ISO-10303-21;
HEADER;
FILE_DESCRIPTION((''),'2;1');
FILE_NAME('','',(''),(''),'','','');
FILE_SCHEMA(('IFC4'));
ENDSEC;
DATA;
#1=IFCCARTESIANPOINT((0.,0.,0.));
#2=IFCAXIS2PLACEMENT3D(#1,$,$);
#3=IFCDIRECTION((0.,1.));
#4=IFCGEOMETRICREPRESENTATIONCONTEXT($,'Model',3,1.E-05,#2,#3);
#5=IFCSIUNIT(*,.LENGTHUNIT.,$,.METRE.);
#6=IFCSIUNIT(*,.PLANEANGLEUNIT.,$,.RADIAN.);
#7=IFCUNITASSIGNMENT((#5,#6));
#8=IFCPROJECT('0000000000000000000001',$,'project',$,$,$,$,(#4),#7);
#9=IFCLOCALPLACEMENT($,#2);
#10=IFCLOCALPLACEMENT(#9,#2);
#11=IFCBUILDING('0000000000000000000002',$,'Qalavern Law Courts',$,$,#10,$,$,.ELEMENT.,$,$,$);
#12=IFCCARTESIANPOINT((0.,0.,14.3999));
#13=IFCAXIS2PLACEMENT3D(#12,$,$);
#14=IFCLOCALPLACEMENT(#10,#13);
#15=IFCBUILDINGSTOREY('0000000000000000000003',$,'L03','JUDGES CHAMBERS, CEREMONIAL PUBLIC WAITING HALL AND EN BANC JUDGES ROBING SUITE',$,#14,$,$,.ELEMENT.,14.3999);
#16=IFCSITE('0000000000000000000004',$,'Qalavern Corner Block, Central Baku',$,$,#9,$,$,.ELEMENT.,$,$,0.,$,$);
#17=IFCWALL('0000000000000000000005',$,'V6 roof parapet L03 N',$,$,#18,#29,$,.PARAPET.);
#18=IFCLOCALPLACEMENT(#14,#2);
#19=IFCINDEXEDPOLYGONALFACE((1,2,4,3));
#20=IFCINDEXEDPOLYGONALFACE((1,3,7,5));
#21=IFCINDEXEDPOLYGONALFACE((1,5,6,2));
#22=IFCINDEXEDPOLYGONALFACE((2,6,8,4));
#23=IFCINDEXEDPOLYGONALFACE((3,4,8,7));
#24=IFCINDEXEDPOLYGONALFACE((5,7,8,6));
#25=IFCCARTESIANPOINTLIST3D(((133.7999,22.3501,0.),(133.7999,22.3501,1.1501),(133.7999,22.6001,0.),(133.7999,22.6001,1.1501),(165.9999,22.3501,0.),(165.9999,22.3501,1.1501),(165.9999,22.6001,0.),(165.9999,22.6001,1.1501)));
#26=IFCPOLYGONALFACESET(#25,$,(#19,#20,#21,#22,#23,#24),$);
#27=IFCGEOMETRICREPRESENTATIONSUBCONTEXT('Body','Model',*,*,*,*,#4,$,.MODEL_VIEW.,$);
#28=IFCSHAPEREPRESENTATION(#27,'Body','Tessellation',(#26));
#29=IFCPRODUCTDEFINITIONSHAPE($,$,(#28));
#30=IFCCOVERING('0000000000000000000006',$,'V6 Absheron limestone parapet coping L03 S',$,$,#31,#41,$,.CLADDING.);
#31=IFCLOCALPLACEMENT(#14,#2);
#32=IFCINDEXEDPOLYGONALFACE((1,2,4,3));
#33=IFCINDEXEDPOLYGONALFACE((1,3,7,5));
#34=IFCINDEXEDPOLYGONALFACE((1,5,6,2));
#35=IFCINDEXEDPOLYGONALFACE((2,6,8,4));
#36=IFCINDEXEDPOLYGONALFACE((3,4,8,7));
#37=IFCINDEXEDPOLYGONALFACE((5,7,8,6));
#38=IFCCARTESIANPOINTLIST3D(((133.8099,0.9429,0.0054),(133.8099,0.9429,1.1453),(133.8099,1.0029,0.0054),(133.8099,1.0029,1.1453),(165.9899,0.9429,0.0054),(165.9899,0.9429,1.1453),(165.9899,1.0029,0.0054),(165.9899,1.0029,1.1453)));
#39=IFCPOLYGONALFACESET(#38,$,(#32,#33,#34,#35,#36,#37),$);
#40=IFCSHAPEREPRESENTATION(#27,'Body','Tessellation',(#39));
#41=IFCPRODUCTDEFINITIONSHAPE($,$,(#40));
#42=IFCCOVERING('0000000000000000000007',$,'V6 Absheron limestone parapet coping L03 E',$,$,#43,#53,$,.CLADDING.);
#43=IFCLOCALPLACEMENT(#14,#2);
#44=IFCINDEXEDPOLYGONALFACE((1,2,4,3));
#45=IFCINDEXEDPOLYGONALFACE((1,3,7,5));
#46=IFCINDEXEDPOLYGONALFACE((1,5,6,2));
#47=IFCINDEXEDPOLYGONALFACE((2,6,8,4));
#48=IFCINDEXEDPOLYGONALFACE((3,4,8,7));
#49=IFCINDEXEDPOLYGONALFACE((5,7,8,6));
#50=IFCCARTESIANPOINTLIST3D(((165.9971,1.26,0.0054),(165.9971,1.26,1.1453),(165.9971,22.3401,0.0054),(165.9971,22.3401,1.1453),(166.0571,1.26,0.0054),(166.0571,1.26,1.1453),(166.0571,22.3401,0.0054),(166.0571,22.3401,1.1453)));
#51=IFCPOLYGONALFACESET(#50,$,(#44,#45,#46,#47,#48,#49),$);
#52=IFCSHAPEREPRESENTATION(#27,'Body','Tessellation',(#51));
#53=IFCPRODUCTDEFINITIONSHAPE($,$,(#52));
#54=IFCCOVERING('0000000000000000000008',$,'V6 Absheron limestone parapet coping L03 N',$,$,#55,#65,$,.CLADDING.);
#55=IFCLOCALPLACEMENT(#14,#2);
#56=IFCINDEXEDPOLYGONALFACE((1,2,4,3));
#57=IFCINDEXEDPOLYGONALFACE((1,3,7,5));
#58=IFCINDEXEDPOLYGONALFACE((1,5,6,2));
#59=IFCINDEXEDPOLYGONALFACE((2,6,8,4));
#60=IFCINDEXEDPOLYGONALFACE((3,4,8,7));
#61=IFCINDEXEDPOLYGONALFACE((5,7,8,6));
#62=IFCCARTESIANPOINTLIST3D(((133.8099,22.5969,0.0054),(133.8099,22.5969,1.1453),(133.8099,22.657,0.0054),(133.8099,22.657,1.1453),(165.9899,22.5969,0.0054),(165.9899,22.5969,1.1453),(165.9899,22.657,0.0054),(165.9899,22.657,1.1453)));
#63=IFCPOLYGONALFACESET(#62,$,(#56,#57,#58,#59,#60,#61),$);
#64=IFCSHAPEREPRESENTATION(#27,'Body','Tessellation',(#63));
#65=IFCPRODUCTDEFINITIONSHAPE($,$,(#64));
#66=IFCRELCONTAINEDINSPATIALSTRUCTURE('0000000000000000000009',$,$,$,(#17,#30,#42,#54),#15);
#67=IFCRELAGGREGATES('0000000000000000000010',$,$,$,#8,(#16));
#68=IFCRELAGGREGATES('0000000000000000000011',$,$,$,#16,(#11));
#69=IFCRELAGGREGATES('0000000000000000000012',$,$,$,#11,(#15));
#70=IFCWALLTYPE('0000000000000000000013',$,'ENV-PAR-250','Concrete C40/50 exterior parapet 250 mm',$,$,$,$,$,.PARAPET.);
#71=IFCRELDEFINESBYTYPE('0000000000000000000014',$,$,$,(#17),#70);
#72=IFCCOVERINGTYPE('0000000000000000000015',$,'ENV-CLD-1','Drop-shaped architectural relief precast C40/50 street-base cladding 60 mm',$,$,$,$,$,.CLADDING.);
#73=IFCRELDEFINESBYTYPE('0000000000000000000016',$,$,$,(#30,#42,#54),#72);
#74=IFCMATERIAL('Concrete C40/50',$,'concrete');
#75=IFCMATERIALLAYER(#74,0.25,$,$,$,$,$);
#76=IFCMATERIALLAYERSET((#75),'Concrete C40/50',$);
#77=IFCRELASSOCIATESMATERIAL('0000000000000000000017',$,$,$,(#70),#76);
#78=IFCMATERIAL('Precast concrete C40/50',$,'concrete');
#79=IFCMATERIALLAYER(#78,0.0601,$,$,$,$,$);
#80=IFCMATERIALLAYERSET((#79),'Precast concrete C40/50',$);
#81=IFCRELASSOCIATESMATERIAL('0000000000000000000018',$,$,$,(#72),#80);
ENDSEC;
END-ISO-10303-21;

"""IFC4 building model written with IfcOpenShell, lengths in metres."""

from ifc_helpers import new_model, si_unit, direction, frame, frame_2d, origin, origin_2d, place, context, subcontext, project, spatial, rectangle, extrude, material, layer, layer_set, type_object, element, save


model = new_model("IFC4")

# Units and contexts
model_context = context("Model", 3, precision=1e-05, world=origin(), true_north=direction((0.0, 1.0)))
body_context = subcontext(model_context, "Body", "Model", "MODEL_VIEW")
ifc_project = project(units=[si_unit("LENGTHUNIT", "METRE"), si_unit("PLANEANGLEUNIT", "RADIAN")], contexts=[model_context])

# Site, building, storey
site_placement = place(None, origin())
site = spatial("IfcSite", under=ifc_project, at=site_placement, Name="Qalavern Corner Block, Central Baku", CompositionType="ELEMENT", RefElevation=0.0)
building_placement = place(site_placement, origin())
building = spatial("IfcBuilding", under=site, at=building_placement, Name="Qalavern Law Courts", CompositionType="ELEMENT")
storey_placement = place(building_placement, frame((0.0, 0.0, 14.3999)))
storey = spatial("IfcBuildingStorey", under=building, at=storey_placement, Name="L03", Description="JUDGES CHAMBERS, CEREMONIAL PUBLIC WAITING HALL AND EN BANC JUDGES ROBING SUITE", CompositionType="ELEMENT", Elevation=14.3999)

# Shared definitions
ifc_material_1 = material(Name="Concrete C40/50", Category="concrete")

# Wall
ifc_layer_1 = layer(ifc_material_1, 0.25)
ifc_layer_set_1 = layer_set([ifc_layer_1], Name="Concrete C40/50")
wall_type = type_object("IfcWallType", Name="ENV-PAR-250", Description="Concrete C40/50 exterior parapet 250 mm", PredefinedType="PARAPET", material=ifc_layer_set_1)
wall_1_placement = place(storey_placement, frame((166.0, 22.4751, 0.0), z_axis=(0.0, 0.0, 1.0), x_axis=(-1.0, 0.0, 0.0)))
element("IfcWall", 1, at=wall_1_placement, inside=storey, type_object=wall_type, Name="V6 roof parapet L03 N", PredefinedType="PARAPET", context=body_context, shape_type="SweptSolid", body=[
    extrude(rectangle(XDim=32.2, YDim=0.25, at=frame_2d((16.1001, 0.0))), origin(), (0.0, 0.0, 1.0), 1.1501),
])

# Coverings
ifc_material_2 = material(Name="Precast concrete C40/50", Category="concrete")
ifc_layer_2 = layer(ifc_material_2, 0.0601)
ifc_layer_set_2 = layer_set([ifc_layer_2], Name="Precast concrete C40/50")
covering_type = type_object("IfcCoveringType", Name="ENV-CLD-1", Description="Drop-shaped architectural relief precast C40/50 street-base cladding 60 mm", PredefinedType="CLADDING", material=ifc_layer_set_2)
covering_1_placement = place(storey_placement, frame((149.8999, 0.9729, 0.0054), z_axis=(0.0, 0.0, 1.0), x_axis=(1.0, 0.0, 0.0)))
element("IfcCovering", 2, at=covering_1_placement, inside=storey, type_object=covering_type, Name="V6 Absheron limestone parapet coping L03 S", PredefinedType="CLADDING", context=body_context, shape_type="SweptSolid", body=[
    extrude(rectangle(XDim=32.1799, YDim=0.0601, at=origin_2d()), origin(), (0.0, 0.0, 1.0), 1.1399),
])
covering_2_placement = place(storey_placement, frame((166.0271, 11.8, 0.0054), z_axis=(0.0, 0.0, 1.0), x_axis=(0.0, 1.0, 0.0)))
element("IfcCovering", 3, at=covering_2_placement, inside=storey, type_object=covering_type, Name="V6 Absheron limestone parapet coping L03 E", PredefinedType="CLADDING", context=body_context, shape_type="SweptSolid", body=[
    extrude(rectangle(XDim=21.0801, YDim=0.0601, at=origin_2d()), origin(), (0.0, 0.0, 1.0), 1.1399),
])
covering_3_placement = place(storey_placement, frame((149.8999, 22.627, 0.0054), z_axis=(0.0, 0.0, 1.0), x_axis=(-1.0, 0.0, 0.0)))
element("IfcCovering", 4, at=covering_3_placement, inside=storey, type_object=covering_type, Name="V6 Absheron limestone parapet coping L03 N", PredefinedType="CLADDING", context=body_context, shape_type="SweptSolid", body=[
    extrude(rectangle(XDim=32.1799, YDim=0.0601, at=origin_2d()), origin(), (0.0, 0.0, 1.0), 1.1399),
])

save(model, "model.ifc")
